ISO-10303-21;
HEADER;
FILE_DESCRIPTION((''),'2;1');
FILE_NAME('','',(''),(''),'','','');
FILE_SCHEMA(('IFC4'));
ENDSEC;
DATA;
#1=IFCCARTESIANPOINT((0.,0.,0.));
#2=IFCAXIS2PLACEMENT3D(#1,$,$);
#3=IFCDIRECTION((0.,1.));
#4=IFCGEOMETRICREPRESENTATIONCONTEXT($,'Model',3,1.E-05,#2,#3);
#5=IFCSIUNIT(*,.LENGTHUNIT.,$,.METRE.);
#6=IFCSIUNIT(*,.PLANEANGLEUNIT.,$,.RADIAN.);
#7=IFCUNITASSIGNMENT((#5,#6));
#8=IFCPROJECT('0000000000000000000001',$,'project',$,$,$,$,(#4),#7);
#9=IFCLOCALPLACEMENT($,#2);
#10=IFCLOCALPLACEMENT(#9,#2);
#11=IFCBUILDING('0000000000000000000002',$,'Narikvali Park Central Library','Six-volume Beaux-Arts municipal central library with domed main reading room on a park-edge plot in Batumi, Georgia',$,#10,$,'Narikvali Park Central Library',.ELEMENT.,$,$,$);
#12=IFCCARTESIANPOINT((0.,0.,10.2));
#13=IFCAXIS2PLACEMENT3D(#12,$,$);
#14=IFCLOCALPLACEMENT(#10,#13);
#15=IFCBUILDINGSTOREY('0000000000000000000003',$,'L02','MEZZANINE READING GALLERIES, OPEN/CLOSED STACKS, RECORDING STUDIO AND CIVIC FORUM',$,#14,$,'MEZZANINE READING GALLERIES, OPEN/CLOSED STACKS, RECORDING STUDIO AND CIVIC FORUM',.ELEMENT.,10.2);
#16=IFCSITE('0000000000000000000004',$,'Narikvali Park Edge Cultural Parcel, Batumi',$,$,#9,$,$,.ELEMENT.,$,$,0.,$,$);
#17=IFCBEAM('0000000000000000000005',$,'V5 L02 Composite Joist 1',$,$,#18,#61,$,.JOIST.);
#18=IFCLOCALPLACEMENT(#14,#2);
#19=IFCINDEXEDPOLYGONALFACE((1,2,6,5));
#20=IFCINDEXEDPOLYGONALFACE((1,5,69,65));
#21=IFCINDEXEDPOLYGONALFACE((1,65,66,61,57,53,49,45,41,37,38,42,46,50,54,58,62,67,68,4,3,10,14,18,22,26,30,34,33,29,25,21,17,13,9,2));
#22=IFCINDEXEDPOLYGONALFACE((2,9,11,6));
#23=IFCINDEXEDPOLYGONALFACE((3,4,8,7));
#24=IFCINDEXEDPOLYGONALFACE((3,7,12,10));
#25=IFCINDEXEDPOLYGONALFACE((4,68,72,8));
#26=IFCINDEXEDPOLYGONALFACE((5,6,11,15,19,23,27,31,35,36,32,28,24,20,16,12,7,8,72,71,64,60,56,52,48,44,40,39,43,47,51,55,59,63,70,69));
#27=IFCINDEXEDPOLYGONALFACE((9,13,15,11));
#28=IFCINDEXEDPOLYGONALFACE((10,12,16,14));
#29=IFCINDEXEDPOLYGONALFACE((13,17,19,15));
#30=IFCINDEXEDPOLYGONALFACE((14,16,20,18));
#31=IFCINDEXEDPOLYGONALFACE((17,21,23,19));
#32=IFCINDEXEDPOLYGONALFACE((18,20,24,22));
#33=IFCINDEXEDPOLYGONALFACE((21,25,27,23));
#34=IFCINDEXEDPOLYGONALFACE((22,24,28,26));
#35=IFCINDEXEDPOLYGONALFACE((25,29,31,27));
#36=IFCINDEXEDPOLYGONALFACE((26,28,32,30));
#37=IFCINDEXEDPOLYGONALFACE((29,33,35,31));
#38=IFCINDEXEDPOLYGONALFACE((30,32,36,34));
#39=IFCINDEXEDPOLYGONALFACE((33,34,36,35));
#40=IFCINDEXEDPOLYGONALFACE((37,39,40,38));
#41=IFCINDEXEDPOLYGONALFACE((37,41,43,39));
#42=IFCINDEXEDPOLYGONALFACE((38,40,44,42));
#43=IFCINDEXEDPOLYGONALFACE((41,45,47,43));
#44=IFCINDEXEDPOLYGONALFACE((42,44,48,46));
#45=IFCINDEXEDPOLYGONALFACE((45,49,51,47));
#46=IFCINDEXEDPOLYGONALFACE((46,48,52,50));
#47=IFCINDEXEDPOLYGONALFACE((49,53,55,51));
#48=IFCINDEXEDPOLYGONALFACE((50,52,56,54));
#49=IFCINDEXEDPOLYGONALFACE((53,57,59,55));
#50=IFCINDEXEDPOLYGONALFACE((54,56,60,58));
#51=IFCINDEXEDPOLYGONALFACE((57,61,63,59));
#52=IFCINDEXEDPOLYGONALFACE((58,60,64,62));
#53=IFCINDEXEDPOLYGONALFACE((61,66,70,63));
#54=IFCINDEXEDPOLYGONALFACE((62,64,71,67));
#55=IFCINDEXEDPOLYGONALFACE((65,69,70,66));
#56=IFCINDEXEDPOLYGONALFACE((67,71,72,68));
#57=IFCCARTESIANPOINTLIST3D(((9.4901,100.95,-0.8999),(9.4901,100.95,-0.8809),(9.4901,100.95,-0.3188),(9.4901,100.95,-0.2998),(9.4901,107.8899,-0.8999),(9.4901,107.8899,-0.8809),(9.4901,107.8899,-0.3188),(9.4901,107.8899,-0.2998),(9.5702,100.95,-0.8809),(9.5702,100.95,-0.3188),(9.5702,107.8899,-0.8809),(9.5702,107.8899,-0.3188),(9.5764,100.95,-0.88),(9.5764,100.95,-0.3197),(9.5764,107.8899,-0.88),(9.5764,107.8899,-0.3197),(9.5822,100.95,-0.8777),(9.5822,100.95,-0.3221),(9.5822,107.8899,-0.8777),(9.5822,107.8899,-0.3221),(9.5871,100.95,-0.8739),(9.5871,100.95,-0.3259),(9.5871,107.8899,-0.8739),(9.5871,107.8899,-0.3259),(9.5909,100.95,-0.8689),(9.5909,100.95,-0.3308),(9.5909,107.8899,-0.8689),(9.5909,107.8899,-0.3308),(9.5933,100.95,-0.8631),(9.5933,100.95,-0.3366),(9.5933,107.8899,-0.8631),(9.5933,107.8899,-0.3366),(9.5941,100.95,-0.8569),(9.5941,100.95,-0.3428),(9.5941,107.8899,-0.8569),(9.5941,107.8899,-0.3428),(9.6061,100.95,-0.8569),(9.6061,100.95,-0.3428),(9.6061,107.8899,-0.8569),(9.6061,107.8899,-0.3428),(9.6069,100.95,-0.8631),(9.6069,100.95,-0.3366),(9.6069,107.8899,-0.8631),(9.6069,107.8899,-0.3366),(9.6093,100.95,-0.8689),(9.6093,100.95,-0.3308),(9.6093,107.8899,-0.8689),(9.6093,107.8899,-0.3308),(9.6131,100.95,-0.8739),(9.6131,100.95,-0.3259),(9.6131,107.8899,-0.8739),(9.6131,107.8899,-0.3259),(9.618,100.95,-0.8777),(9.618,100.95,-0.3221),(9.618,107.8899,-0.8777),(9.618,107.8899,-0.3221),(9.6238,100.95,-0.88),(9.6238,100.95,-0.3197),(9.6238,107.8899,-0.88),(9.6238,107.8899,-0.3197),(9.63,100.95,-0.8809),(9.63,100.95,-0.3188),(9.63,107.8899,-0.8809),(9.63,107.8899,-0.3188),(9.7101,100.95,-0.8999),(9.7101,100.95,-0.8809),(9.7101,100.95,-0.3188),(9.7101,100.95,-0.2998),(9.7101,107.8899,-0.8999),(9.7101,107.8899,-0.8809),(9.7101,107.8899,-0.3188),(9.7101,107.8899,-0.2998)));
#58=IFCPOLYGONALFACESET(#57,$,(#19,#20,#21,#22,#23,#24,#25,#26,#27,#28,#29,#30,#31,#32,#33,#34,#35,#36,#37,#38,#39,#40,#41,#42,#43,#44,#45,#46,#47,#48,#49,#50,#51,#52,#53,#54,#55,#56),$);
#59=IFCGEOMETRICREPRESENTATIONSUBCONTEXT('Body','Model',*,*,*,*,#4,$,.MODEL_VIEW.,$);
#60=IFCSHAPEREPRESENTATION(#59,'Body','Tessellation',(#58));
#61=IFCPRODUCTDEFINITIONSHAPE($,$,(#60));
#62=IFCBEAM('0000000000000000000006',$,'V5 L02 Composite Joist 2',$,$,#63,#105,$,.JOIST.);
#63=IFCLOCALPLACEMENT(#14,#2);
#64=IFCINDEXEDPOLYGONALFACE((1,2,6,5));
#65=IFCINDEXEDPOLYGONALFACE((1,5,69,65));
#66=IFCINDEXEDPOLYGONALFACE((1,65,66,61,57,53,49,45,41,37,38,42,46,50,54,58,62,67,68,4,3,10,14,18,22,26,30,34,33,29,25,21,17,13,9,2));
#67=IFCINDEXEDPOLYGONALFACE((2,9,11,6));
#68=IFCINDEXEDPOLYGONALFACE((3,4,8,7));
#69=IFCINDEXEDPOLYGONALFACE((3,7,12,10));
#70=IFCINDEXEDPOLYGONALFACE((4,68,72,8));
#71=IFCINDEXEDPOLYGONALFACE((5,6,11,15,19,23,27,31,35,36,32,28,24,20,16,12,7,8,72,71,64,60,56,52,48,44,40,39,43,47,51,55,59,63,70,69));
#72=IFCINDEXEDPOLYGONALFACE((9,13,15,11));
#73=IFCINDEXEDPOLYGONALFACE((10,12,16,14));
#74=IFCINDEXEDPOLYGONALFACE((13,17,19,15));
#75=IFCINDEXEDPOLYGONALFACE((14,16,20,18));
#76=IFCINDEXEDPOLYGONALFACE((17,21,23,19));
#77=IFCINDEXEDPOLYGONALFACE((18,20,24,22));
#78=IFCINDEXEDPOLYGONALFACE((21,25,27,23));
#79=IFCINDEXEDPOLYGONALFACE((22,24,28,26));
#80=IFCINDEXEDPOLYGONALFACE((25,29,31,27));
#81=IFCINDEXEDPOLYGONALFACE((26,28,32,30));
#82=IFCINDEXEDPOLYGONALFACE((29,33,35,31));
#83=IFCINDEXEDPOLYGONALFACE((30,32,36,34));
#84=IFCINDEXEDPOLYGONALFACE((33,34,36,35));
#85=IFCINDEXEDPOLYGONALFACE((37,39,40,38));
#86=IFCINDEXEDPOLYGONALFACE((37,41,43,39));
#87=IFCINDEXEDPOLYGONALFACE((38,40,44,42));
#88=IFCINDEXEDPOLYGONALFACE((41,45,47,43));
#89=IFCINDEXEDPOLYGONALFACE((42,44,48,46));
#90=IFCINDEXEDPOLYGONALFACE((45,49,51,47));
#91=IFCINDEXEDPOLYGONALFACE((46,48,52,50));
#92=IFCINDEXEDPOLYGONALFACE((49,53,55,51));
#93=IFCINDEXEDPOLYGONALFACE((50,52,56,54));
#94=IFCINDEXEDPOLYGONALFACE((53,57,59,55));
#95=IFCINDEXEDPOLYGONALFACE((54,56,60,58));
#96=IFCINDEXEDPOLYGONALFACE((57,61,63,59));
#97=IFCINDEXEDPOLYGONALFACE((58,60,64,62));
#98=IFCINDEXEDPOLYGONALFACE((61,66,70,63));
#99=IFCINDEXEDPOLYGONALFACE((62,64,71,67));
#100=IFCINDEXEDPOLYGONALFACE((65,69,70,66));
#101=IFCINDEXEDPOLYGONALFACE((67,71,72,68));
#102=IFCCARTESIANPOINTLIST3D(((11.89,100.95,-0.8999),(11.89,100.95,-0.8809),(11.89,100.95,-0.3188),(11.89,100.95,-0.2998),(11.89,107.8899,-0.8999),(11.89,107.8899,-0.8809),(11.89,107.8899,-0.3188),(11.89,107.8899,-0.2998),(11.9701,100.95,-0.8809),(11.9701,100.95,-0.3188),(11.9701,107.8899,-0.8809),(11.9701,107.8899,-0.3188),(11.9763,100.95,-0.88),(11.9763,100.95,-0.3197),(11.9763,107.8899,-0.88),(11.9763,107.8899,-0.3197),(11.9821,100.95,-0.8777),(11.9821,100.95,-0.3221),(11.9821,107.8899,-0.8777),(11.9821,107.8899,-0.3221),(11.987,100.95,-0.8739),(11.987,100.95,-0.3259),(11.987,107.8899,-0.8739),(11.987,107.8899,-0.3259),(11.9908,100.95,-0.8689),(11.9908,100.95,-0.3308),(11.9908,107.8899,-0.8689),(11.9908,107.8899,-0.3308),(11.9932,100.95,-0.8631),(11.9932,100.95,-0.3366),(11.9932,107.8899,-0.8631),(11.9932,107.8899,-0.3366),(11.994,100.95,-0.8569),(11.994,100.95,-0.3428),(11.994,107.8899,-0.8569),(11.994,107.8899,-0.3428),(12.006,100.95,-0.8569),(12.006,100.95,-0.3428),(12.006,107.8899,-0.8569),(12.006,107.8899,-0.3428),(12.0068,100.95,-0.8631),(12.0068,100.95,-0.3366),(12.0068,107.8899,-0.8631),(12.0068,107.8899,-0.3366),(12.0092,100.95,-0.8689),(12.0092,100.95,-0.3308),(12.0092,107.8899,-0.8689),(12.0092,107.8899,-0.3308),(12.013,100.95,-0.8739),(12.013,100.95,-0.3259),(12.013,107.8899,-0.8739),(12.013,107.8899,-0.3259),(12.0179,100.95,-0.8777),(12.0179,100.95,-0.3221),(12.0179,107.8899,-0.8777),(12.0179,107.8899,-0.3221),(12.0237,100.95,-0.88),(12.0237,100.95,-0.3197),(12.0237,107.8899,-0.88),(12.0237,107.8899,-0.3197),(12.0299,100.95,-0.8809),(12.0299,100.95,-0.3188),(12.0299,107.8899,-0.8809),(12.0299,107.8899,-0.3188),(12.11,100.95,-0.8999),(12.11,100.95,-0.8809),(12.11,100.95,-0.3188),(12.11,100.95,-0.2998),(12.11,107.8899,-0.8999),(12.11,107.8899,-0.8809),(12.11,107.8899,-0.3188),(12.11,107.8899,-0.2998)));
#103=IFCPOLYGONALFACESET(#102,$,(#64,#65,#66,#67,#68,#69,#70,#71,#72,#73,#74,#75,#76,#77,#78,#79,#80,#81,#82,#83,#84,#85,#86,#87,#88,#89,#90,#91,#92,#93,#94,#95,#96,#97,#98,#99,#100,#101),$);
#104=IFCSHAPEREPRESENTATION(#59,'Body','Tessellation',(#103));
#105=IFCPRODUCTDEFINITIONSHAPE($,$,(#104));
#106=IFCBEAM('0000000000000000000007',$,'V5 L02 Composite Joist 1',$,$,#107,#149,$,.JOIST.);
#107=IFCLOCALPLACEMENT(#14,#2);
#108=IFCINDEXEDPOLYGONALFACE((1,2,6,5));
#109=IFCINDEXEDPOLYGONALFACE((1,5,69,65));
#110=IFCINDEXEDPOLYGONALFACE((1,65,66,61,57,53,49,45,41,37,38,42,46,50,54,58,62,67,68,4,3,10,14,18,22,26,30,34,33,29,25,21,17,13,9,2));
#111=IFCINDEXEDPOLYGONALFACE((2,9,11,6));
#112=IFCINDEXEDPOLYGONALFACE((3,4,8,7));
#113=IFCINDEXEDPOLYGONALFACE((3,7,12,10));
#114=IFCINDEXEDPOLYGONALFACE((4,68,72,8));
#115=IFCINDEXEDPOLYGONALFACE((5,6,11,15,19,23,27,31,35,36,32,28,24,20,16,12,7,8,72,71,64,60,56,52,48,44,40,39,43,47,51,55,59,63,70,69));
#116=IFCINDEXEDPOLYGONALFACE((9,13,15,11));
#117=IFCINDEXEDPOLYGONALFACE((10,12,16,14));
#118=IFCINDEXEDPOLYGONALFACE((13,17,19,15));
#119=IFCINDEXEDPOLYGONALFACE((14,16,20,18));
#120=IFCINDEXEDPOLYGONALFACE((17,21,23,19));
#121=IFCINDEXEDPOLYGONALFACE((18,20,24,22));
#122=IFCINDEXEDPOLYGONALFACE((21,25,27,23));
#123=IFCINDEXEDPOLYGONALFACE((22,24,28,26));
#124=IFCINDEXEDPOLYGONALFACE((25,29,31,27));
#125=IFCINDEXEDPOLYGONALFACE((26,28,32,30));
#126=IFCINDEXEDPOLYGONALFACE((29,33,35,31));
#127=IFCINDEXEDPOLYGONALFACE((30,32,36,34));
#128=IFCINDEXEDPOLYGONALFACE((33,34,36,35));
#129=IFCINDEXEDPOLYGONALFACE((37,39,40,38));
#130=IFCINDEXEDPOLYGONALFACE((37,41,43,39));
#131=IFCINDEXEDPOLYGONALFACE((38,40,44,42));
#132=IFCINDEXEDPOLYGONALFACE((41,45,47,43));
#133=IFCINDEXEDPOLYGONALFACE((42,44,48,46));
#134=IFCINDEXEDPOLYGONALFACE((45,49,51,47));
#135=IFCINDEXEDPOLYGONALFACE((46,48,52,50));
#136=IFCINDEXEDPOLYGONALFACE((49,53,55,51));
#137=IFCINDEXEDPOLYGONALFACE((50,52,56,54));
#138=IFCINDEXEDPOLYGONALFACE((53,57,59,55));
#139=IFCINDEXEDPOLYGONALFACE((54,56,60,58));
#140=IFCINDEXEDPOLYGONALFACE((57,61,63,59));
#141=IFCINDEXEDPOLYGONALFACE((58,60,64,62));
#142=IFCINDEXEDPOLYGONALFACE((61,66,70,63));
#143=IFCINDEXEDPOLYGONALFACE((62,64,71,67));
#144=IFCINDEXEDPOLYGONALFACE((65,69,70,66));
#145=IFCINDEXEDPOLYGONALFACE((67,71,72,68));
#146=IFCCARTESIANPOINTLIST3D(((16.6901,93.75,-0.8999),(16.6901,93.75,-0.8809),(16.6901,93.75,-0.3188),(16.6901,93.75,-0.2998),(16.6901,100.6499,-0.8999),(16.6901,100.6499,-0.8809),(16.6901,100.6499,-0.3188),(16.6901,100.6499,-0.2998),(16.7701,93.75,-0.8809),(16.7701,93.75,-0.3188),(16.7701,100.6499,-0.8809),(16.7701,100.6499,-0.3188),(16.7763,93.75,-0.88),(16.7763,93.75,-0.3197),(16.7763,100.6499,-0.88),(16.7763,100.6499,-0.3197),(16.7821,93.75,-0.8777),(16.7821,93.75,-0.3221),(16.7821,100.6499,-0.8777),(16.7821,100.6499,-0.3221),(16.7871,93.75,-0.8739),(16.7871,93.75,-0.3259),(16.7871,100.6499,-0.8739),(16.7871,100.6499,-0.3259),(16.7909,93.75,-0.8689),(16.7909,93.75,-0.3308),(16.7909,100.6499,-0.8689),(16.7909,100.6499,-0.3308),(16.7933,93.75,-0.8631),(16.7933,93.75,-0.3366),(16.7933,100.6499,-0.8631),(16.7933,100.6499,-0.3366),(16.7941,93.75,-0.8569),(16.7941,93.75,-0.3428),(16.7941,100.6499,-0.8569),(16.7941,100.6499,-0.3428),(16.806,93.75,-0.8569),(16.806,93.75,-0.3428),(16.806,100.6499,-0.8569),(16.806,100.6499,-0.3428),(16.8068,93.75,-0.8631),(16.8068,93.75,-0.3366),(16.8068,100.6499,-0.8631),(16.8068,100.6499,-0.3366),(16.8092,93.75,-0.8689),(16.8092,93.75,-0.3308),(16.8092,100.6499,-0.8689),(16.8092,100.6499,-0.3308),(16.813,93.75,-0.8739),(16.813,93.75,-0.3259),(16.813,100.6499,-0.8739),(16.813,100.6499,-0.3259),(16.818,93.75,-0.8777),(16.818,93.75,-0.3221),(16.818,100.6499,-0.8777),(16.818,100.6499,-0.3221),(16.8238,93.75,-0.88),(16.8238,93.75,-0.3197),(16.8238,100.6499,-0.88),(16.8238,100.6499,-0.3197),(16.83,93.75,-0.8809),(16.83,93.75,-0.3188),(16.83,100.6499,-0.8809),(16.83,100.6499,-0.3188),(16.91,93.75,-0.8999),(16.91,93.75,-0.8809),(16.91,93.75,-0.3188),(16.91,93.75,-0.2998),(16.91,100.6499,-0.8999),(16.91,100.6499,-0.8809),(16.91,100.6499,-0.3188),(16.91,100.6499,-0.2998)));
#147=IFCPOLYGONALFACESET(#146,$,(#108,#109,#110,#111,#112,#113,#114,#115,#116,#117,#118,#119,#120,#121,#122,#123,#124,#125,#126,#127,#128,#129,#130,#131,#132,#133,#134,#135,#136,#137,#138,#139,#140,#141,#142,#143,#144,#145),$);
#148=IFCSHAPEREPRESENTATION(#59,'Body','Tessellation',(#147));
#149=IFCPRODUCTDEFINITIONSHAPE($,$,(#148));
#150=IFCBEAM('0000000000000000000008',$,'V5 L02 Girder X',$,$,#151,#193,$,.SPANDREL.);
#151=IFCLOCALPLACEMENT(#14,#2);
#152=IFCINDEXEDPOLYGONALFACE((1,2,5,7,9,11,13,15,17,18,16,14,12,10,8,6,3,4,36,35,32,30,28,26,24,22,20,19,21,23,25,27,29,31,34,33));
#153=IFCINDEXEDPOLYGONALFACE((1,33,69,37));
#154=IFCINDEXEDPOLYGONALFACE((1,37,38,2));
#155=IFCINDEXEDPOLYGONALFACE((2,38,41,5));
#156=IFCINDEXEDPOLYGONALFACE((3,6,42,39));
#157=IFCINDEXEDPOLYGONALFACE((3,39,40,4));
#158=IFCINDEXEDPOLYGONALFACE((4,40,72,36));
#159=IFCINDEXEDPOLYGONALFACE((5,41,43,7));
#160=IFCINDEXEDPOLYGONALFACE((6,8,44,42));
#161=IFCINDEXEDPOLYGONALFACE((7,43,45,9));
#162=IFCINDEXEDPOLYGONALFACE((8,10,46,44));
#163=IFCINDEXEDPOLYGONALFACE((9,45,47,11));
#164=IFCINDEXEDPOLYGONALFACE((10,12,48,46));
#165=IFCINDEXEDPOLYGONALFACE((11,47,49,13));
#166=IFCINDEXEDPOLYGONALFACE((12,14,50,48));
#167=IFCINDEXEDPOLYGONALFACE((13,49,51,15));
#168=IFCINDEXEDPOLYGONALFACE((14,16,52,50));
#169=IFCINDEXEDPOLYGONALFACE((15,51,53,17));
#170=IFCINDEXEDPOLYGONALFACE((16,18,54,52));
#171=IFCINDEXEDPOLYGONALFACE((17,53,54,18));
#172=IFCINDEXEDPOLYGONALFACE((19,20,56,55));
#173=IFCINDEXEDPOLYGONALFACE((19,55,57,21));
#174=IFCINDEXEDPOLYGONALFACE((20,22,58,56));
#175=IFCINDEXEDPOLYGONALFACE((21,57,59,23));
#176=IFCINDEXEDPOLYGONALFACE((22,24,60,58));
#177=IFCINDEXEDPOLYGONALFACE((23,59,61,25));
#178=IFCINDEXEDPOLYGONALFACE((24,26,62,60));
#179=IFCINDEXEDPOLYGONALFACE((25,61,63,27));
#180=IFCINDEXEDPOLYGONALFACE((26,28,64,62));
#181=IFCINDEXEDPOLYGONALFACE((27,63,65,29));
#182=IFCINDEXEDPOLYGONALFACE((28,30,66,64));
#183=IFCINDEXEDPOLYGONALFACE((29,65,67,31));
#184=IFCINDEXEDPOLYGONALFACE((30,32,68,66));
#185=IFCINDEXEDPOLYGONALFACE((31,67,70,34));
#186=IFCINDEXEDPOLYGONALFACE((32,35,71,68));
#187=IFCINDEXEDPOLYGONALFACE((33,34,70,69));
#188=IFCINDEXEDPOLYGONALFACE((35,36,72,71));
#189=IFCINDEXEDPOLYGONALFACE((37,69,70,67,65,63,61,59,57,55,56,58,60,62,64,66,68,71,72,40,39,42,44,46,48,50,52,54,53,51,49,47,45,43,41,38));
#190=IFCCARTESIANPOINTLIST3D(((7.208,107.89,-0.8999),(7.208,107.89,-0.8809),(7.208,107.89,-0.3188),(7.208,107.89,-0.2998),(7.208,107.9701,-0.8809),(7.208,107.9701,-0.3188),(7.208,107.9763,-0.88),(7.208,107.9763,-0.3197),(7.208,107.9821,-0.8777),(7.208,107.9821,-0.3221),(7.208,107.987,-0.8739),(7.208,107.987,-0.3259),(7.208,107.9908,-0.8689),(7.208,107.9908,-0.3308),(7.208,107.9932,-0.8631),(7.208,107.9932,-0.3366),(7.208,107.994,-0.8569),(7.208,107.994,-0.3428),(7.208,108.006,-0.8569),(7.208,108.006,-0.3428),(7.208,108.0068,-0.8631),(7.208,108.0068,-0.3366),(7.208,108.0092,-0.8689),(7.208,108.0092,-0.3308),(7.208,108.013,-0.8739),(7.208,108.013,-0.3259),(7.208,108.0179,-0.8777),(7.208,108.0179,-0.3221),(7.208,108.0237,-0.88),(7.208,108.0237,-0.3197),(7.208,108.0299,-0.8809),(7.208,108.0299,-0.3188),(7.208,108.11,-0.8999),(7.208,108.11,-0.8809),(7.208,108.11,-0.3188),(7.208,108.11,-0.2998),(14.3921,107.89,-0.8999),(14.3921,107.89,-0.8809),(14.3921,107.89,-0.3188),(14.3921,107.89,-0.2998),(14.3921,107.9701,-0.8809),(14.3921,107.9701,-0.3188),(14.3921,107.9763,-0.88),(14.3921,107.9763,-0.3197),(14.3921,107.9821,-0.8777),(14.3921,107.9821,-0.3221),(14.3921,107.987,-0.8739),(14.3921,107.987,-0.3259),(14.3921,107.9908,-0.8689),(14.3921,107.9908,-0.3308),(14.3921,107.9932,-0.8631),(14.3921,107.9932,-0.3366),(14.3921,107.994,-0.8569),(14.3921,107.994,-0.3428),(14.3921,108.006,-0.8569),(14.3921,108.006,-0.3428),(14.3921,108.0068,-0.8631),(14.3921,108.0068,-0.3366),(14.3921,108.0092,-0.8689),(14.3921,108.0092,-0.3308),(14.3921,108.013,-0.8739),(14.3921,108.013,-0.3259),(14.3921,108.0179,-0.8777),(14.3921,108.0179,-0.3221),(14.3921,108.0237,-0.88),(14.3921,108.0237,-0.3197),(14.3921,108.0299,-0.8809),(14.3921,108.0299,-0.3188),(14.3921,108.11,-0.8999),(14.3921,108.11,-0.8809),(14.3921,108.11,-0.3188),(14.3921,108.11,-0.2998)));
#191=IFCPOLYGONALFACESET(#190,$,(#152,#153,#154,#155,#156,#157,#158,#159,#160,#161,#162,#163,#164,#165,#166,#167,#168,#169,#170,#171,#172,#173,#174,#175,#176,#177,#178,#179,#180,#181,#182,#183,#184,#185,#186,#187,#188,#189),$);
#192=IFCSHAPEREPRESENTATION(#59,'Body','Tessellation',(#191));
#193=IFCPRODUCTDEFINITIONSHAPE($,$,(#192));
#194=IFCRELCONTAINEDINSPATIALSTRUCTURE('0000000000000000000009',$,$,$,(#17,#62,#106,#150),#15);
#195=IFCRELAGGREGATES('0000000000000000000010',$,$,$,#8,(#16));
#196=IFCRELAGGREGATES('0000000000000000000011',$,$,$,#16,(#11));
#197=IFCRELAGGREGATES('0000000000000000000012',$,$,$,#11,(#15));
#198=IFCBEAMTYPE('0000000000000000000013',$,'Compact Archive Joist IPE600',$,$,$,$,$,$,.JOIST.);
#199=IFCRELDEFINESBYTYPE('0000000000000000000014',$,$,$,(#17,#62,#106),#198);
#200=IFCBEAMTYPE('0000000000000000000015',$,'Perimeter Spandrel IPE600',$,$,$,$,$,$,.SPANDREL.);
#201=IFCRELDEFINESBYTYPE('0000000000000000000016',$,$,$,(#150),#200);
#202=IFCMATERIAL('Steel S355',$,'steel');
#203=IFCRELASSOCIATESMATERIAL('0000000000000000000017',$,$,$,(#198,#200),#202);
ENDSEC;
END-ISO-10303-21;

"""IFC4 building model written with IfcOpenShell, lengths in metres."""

from ifc_helpers import new_model, si_unit, direction, frame, origin, origin_2d, place, context, subcontext, project, spatial, i_section, extrude, material, material_profile, profile_set, type_object, element, save


model = new_model("IFC4")

# Units and contexts
model_context = context("Model", 3, precision=1e-05, world=origin(), true_north=direction((0.0, 1.0)))
body_context = subcontext(model_context, "Body", "Model", "MODEL_VIEW")
ifc_project = project(units=[si_unit("LENGTHUNIT", "METRE"), si_unit("PLANEANGLEUNIT", "RADIAN")], contexts=[model_context])

# Site, building, storey
site_placement = place(None, origin())
site = spatial("IfcSite", under=ifc_project, at=site_placement, Name="Narikvali Park Edge Cultural Parcel, Batumi", CompositionType="ELEMENT", RefElevation=0.0)
building_placement = place(site_placement, origin())
building = spatial("IfcBuilding", under=site, at=building_placement, Name="Narikvali Park Central Library", Description="Six-volume Beaux-Arts municipal central library with domed main reading room on a park-edge plot in Batumi, Georgia", LongName="Narikvali Park Central Library", CompositionType="ELEMENT")
storey_placement = place(building_placement, frame((0.0, 0.0, 10.2)))
storey = spatial("IfcBuildingStorey", under=building, at=storey_placement, Name="L02", Description="MEZZANINE READING GALLERIES, OPEN/CLOSED STACKS, RECORDING STUDIO AND CIVIC FORUM", LongName="MEZZANINE READING GALLERIES, OPEN/CLOSED STACKS, RECORDING STUDIO AND CIVIC FORUM", CompositionType="ELEMENT", Elevation=10.2)

# Shared definitions
ifc_material_1 = material(Name="Steel S355", Category="steel")

# Beams
ifc_material_profile_1 = material_profile(ifc_material_1, i_section(OverallWidth=0.22, OverallDepth=0.6001, WebThickness=0.012, FlangeThickness=0.019, FilletRadius=0.0239, at=origin_2d()), Name="IPE 600")
ifc_profile_set_1 = profile_set([ifc_material_profile_1], Name="Steel S355")
beam_type_1 = type_object("IfcBeamType", Name="Compact Archive Joist IPE600", PredefinedType="JOIST", material=ifc_profile_set_1)
for number, where, z_axis, x_axis, name in (
    (1, (9.6001, 100.95, -0.5999), (0.0, 1.0, 0.0), (-1.0, 0.0, 0.0), "V5 L02 Composite Joist 1"),
    (2, (12.0, 100.95, -0.5999), (0.0, 1.0, 0.0), (-1.0, 0.0, 0.0), "V5 L02 Composite Joist 2"),
):
    element("IfcBeam", number, at=place(storey_placement, frame(where, z_axis=z_axis, x_axis=x_axis)), inside=storey, type_object=beam_type_1, Name=name, PredefinedType="JOIST", context=body_context, shape_type="SweptSolid", body=[
        extrude(i_section(OverallWidth=0.22, OverallDepth=0.6001, WebThickness=0.012, FlangeThickness=0.019, FilletRadius=0.0239, at=origin_2d()), origin(), (0.0, 0.0, 1.0), 6.9399),
    ])
beam_1_placement = place(storey_placement, frame((16.8, 93.75, -0.5999), z_axis=(0.0, 1.0, 0.0), x_axis=(-1.0, 0.0, 0.0)))
element("IfcBeam", 3, at=beam_1_placement, inside=storey, type_object=beam_type_1, Name="V5 L02 Composite Joist 1", PredefinedType="JOIST", context=body_context, shape_type="SweptSolid", body=[
    extrude(i_section(OverallWidth=0.22, OverallDepth=0.6001, WebThickness=0.012, FlangeThickness=0.019, FilletRadius=0.0239, at=origin_2d()), origin(), (0.0, 0.0, 1.0), 6.8999),
])
ifc_material_profile_2 = material_profile(ifc_material_1, i_section(OverallWidth=0.22, OverallDepth=0.6001, WebThickness=0.012, FlangeThickness=0.019, FilletRadius=0.0239, at=origin_2d()), Name="IPE 600")
ifc_profile_set_2 = profile_set([ifc_material_profile_2], Name="Steel S355")
beam_type_2 = type_object("IfcBeamType", Name="Perimeter Spandrel IPE600", PredefinedType="SPANDREL", material=ifc_profile_set_2)
for number, where, z_axis, x_axis, name in (
    (4, (7.208, 108.0, -0.5999), (1.0, 0.0, 0.0), (0.0, 1.0, 0.0), "V5 L02 Girder X"),
):
    element("IfcBeam", number, at=place(storey_placement, frame(where, z_axis=z_axis, x_axis=x_axis)), inside=storey, type_object=beam_type_2, Name=name, PredefinedType="SPANDREL", context=body_context, shape_type="SweptSolid", body=[
        extrude(i_section(OverallWidth=0.22, OverallDepth=0.6001, WebThickness=0.012, FlangeThickness=0.019, FilletRadius=0.0239, at=origin_2d()), origin(), (0.0, 0.0, 1.0), 7.1841),
    ])

save(model, "model.ifc")
